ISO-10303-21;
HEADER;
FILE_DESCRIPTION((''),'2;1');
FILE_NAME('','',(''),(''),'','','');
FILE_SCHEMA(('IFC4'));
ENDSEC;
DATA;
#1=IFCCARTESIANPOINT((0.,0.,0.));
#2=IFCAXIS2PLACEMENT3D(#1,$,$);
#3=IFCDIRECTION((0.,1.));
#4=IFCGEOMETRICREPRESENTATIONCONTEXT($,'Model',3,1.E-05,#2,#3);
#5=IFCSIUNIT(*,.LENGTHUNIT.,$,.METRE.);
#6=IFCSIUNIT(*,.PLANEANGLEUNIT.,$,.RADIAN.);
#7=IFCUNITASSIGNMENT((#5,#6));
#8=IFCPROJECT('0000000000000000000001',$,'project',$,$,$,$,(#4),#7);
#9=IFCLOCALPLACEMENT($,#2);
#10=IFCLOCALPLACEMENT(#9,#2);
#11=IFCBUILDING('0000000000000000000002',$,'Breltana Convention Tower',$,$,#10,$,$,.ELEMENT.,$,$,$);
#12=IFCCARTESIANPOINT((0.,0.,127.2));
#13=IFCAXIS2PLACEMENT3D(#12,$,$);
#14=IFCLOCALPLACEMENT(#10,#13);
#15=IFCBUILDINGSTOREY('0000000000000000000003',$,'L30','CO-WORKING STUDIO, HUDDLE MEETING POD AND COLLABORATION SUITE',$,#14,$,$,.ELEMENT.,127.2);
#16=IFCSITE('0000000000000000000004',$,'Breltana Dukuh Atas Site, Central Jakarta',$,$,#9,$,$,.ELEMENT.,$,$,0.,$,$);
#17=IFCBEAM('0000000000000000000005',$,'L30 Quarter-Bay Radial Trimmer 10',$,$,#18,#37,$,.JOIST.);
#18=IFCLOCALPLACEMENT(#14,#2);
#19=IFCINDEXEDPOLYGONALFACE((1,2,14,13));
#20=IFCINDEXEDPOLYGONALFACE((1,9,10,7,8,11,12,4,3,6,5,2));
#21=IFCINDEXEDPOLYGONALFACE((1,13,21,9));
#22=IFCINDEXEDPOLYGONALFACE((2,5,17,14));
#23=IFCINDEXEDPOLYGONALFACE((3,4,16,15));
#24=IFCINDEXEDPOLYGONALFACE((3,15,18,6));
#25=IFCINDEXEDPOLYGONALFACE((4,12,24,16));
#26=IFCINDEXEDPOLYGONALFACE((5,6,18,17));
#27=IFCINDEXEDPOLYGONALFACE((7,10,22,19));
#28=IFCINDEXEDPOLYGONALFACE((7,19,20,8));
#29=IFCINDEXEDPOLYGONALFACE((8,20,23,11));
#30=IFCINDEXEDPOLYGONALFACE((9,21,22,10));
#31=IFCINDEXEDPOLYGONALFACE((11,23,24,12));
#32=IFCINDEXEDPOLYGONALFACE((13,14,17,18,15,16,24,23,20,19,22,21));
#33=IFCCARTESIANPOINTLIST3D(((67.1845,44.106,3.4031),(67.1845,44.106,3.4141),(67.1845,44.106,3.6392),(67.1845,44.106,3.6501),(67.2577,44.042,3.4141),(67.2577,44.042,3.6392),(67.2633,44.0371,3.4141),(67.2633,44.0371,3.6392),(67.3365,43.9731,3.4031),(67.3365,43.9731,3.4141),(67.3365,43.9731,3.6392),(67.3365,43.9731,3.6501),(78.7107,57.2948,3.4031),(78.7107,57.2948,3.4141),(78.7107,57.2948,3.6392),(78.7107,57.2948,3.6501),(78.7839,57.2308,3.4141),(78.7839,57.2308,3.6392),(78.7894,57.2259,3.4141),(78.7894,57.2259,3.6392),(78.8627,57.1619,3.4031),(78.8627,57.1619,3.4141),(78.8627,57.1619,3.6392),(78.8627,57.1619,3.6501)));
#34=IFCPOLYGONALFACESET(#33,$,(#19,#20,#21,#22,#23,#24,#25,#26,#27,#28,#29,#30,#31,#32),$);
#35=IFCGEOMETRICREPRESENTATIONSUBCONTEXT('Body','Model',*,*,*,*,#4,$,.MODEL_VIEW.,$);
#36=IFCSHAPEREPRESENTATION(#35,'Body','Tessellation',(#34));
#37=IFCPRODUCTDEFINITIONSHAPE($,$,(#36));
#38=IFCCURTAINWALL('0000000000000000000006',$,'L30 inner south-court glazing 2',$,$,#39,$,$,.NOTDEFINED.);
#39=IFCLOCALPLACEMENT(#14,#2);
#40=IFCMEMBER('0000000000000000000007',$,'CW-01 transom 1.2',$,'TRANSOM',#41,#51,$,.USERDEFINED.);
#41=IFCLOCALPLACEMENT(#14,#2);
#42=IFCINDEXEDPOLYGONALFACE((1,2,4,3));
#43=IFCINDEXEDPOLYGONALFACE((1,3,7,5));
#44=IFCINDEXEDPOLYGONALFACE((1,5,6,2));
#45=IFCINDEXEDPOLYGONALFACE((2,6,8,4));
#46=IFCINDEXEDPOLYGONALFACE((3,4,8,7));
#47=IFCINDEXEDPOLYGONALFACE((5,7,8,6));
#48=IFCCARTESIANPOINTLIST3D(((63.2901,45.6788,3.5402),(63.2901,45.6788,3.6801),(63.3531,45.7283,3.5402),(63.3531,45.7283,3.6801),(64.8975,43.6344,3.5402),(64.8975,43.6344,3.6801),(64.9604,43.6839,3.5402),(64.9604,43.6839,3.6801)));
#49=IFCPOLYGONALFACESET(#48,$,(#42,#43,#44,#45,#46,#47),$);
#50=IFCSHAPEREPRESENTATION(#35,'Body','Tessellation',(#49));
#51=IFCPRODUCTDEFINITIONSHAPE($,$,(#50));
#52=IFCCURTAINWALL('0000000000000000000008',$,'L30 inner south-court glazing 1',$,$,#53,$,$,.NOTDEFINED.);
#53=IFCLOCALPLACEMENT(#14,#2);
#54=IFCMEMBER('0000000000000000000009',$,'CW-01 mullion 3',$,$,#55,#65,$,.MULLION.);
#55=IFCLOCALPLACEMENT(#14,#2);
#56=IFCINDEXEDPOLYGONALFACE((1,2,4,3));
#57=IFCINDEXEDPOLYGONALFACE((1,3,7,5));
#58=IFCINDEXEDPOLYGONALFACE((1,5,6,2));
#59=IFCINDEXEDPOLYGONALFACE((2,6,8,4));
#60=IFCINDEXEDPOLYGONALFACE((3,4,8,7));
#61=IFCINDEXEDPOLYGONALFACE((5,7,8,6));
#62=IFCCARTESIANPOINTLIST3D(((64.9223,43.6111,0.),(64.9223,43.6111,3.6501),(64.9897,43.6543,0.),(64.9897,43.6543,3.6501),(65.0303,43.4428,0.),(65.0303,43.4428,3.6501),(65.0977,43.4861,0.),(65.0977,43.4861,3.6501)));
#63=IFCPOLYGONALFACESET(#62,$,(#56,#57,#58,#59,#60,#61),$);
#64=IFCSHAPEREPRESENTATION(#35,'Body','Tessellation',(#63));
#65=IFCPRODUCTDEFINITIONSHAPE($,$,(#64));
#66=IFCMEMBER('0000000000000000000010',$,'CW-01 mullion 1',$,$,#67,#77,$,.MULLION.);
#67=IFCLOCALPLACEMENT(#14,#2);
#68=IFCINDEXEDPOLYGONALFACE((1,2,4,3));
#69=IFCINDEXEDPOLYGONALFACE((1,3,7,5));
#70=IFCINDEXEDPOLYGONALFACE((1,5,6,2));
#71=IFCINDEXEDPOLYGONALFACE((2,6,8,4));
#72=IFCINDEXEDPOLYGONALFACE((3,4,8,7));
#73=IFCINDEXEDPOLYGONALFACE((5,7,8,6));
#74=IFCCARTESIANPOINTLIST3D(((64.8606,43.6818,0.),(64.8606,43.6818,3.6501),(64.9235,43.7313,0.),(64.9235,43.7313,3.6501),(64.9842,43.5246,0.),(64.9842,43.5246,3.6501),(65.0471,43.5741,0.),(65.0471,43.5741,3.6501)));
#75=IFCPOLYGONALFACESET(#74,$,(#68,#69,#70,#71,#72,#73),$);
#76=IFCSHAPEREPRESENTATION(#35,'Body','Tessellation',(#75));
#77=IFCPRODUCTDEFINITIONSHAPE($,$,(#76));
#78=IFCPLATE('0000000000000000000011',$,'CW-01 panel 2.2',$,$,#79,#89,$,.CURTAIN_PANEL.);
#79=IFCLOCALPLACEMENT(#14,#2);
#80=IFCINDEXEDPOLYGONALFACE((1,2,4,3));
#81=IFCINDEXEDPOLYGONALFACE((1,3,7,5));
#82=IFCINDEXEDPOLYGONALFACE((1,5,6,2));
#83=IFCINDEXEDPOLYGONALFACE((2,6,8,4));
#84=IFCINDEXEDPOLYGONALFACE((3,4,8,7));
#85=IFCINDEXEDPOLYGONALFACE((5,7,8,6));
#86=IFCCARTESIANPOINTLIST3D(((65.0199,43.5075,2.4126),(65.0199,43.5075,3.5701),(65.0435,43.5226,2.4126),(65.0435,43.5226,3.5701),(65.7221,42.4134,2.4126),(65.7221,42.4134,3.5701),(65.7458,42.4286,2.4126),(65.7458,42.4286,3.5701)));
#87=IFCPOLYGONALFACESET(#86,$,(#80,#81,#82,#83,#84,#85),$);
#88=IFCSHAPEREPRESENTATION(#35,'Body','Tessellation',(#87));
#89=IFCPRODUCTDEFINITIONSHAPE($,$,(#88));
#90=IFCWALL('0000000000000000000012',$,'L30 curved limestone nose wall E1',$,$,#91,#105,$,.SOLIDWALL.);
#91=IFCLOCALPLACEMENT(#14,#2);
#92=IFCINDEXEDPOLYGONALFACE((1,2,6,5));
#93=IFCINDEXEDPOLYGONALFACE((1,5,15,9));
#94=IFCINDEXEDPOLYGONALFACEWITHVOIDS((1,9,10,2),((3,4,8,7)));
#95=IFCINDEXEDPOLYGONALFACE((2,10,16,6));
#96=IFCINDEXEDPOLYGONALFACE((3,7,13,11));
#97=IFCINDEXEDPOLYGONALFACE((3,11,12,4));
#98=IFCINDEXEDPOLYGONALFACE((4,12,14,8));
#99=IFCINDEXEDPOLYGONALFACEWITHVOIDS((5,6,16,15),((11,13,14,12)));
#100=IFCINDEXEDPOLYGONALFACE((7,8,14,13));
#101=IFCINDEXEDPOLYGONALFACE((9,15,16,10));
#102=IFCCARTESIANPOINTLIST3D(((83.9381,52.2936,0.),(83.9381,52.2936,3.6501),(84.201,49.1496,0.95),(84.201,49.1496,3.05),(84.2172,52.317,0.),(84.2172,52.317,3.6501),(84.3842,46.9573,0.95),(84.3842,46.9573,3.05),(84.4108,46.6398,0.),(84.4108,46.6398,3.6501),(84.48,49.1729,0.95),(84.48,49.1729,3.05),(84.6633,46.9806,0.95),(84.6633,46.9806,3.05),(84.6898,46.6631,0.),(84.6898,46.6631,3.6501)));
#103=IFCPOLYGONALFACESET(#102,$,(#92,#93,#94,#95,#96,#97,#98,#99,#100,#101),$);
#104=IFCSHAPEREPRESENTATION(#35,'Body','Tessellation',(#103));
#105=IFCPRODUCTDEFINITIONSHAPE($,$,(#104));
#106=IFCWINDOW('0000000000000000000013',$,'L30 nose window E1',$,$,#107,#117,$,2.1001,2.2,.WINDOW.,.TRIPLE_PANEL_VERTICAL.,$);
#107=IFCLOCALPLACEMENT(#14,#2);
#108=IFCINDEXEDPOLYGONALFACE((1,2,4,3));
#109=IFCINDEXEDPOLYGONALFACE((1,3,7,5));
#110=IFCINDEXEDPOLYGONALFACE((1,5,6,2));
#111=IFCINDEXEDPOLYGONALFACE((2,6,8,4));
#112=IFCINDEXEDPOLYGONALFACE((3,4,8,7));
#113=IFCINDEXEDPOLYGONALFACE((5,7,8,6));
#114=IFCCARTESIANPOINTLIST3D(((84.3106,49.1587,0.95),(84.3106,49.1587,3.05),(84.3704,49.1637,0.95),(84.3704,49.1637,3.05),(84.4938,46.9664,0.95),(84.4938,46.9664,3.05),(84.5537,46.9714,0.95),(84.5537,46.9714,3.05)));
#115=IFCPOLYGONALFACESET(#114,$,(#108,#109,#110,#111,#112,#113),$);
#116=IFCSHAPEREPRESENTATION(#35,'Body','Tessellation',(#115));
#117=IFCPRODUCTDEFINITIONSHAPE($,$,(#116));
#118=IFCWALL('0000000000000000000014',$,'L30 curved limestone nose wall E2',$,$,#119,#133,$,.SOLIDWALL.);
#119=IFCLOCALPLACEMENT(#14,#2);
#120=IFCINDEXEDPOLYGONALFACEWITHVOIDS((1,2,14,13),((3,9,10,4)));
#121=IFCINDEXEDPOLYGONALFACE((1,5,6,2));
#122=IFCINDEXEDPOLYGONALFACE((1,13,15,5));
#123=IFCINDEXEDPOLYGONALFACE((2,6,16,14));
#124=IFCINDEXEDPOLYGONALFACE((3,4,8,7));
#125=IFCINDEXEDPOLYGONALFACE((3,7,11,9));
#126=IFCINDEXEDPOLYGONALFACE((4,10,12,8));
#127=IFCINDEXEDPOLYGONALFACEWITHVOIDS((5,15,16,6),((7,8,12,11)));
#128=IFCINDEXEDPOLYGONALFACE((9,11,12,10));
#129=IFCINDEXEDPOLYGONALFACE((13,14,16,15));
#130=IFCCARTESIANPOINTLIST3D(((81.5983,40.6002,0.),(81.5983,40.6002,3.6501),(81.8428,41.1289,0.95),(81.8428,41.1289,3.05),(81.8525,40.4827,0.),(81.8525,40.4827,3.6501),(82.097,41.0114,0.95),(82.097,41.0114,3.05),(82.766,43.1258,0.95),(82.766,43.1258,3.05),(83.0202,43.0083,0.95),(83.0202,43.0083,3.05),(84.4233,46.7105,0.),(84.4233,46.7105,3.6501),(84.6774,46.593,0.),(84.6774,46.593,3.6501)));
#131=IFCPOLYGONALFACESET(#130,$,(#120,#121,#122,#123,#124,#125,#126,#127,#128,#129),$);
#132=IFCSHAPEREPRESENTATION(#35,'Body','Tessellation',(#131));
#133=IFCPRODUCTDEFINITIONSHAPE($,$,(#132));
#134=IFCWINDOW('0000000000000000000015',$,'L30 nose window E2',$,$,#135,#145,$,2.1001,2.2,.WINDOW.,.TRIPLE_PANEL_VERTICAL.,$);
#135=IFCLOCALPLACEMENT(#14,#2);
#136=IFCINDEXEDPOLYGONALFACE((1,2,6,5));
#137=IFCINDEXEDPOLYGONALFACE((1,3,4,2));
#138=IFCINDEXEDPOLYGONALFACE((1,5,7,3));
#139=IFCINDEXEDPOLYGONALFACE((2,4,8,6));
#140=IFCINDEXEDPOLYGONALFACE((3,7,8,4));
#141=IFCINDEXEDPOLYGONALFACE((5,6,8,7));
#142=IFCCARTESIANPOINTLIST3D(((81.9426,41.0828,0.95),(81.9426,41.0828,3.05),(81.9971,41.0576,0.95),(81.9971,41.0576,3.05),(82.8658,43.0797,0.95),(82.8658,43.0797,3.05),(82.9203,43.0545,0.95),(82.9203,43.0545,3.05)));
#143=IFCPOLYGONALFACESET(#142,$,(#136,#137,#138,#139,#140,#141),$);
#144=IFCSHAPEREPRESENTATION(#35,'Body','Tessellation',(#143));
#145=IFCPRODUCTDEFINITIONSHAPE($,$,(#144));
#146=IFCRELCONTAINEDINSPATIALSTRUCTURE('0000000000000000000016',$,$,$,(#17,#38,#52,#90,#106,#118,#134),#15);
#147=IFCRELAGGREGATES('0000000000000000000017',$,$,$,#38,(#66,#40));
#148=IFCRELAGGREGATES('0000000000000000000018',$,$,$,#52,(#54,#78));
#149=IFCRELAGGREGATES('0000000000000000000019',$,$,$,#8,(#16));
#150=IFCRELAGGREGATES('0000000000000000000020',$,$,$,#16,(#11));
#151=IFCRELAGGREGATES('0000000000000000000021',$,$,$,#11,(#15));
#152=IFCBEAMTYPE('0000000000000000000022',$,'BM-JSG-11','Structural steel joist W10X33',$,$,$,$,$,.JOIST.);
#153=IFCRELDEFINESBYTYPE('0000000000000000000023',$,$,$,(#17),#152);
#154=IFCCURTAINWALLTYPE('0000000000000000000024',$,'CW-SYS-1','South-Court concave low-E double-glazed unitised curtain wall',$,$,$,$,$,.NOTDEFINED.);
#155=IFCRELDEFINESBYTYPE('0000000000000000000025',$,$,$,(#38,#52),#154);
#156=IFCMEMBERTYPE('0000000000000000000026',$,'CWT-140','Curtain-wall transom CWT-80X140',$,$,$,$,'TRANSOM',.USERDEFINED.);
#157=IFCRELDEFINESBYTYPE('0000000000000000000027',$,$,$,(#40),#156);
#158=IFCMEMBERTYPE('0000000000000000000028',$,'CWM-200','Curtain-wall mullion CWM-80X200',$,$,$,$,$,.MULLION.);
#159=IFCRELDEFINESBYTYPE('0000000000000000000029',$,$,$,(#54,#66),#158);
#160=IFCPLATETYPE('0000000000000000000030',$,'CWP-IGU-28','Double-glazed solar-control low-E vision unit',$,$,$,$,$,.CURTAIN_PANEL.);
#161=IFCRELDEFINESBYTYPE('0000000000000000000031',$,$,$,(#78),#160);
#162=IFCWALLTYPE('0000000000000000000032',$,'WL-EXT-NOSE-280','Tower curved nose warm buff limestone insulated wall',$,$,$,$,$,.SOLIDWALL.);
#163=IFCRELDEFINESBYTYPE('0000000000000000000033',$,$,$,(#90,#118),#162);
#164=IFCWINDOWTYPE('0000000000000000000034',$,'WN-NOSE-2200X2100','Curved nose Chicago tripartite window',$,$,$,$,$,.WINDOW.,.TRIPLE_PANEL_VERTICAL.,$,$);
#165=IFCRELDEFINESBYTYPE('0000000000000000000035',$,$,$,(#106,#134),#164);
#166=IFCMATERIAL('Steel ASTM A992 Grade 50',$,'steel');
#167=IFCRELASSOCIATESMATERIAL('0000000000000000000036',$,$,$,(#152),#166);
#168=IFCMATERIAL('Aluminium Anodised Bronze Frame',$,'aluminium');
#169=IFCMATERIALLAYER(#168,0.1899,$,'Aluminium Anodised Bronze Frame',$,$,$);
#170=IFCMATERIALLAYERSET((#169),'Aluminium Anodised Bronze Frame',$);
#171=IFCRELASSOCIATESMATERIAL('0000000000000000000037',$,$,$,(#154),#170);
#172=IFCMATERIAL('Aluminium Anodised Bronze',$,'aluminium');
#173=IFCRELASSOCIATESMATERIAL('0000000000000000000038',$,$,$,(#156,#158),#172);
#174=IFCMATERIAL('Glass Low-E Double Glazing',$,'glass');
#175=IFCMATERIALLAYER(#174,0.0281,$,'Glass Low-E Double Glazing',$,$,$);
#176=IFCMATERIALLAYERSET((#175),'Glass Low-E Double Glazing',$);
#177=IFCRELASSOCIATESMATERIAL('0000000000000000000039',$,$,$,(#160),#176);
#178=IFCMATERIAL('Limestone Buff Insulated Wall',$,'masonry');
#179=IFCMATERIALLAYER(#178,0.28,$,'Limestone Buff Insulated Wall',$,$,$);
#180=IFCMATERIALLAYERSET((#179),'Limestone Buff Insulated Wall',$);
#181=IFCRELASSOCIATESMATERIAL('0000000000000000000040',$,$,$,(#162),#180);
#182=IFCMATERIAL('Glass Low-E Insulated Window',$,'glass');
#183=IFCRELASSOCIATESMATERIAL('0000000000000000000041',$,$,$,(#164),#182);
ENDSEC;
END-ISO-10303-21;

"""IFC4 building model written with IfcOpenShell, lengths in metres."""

from ifc_helpers import new_model, si_unit, direction, frame, frame_2d, origin, origin_2d, place, context, subcontext, project, spatial, rectangle, i_section, extrude, source, transform, mapped, material, layer, layer_set, material_profile, profile_set, type_object, type_shapes, element, fill, aggregate, save


model = new_model("IFC4")

# Units and contexts
model_context = context("Model", 3, precision=1e-05, world=origin(), true_north=direction((0.0, 1.0)))
body_context = subcontext(model_context, "Body", "Model", "MODEL_VIEW")
ifc_project = project(units=[si_unit("LENGTHUNIT", "METRE"), si_unit("PLANEANGLEUNIT", "RADIAN")], contexts=[model_context])

# Site, building, storey
site_placement = place(None, origin())
site = spatial("IfcSite", under=ifc_project, at=site_placement, Name="Breltana Dukuh Atas Site, Central Jakarta", CompositionType="ELEMENT", RefElevation=0.0)
building_placement = place(site_placement, origin())
building = spatial("IfcBuilding", under=site, at=building_placement, Name="Breltana Convention Tower", CompositionType="ELEMENT")
storey_placement = place(building_placement, frame((0.0, 0.0, 127.2)))
storey = spatial("IfcBuildingStorey", under=building, at=storey_placement, Name="L30", Description="CO-WORKING STUDIO, HUDDLE MEETING POD AND COLLABORATION SUITE", CompositionType="ELEMENT", Elevation=127.2)

# Beam
ifc_material_1 = material(Name="Steel ASTM A992 Grade 50", Category="steel")
ifc_material_profile_1 = material_profile(ifc_material_1, i_section(OverallWidth=0.2019, OverallDepth=0.2471, WebThickness=0.0073, FlangeThickness=0.011, at=origin_2d()), Name="W10X33")
ifc_profile_set_1 = profile_set([ifc_material_profile_1], Name="Steel ASTM A992 Grade 50")
beam_type_1 = type_object("IfcBeamType", Name="BM-JSG-11", Description="Structural steel joist W10X33", PredefinedType="JOIST", material=ifc_profile_set_1)
shared_shape_1 = source(origin(), body_context, "Body", "SweptSolid", [
    extrude(i_section(OverallWidth=0.2019, OverallDepth=0.2471, WebThickness=0.0073, FlangeThickness=0.011, at=origin_2d()), origin(), (0.0, 0.0, 1.0), 17.5156),
])
beam_1_placement = place(storey_placement, frame((67.2605, 44.0396, 3.5266), z_axis=(0.658052, 0.752973, 0.0), x_axis=(-0.752973, 0.658052, 0.0)))
element("IfcBeam", 1, at=beam_1_placement, inside=storey, type_object=beam_type_1, Name="L30 Quarter-Bay Radial Trimmer 10", PredefinedType="JOIST", context=body_context, shape_type="MappedRepresentation", body=[
    mapped(shared_shape_1, transform((0.0, 0.0, 0.0), scale=1.0)),
])

# Curtain walls, members
ifc_material_2 = material(Name="Aluminium Anodised Bronze Frame", Category="aluminium")
ifc_layer_1 = layer(ifc_material_2, 0.1899, Name="Aluminium Anodised Bronze Frame")
ifc_layer_set_1 = layer_set([ifc_layer_1], Name="Aluminium Anodised Bronze Frame")
curtain_wall_type = type_object("IfcCurtainWallType", Name="CW-SYS-1", Description="South-Court concave low-E double-glazed unitised curtain wall", PredefinedType="NOTDEFINED", material=ifc_layer_set_1)
curtain_wall_1_placement = place(storey_placement, origin())
curtain_wall_1 = element("IfcCurtainWall", 2, at=curtain_wall_1_placement, inside=storey, type_object=curtain_wall_type, Name="L30 inner south-court glazing 2", PredefinedType="NOTDEFINED")
ifc_material_3 = material(Name="Aluminium Anodised Bronze", Category="aluminium")
ifc_material_profile_2 = material_profile(ifc_material_3, rectangle(XDim=0.0801, YDim=0.1399, at=origin_2d()), Name="CWT-80X140")
ifc_profile_set_2 = profile_set([ifc_material_profile_2], Name="Aluminium Anodised Bronze")
member_type_1 = type_object("IfcMemberType", Name="CWT-140", Description="Curtain-wall transom CWT-80X140", ElementType="TRANSOM", PredefinedType="USERDEFINED", material=ifc_profile_set_2)
shared_shape_2 = source(origin(), body_context, "Body", "SweptSolid", [
    extrude(rectangle(XDim=0.0801, YDim=0.1399, at=origin_2d()), origin(), (0.0, 0.0, 1.0), 2.6006),
])
member_1_placement = place(storey_placement, frame((64.929, 43.6592, 3.6101), z_axis=(-0.618079, 0.786116, 0.0), x_axis=(-0.786116, -0.618079, 0.0)))
member_1 = element("IfcMember", 3, at=member_1_placement, type_object=member_type_1, Name="CW-01 transom 1.2", ObjectType="TRANSOM", PredefinedType="USERDEFINED", context=body_context, shape_type="MappedRepresentation", body=[
    mapped(shared_shape_2, transform((0.0, 0.0, 0.0), scale=1.0)),
])
curtain_wall_2_placement = place(storey_placement, origin())
curtain_wall_2 = element("IfcCurtainWall", 4, at=curtain_wall_2_placement, inside=storey, type_object=curtain_wall_type, Name="L30 inner south-court glazing 1", PredefinedType="NOTDEFINED")
ifc_material_profile_3 = material_profile(ifc_material_3, rectangle(XDim=0.0801, YDim=0.2, at=origin_2d()), Name="CWM-80X200")
ifc_profile_set_3 = profile_set([ifc_material_profile_3], Name="Aluminium Anodised Bronze")
member_type_2 = type_object("IfcMemberType", Name="CWM-200", Description="Curtain-wall mullion CWM-80X200", PredefinedType="MULLION", material=ifc_profile_set_3)
shared_shape_3 = source(origin(), body_context, "Body", "SweptSolid", [
    extrude(rectangle(XDim=0.0801, YDim=0.2, at=origin_2d()), origin(), (0.0, 0.0, 1.0), 3.6501),
])
member_2_placement = place(storey_placement, frame((65.01, 43.5486, 0.0), z_axis=(0.0, 0.0, 1.0), x_axis=(-0.841551, -0.540177, 0.0)))
member_2 = element("IfcMember", 5, at=member_2_placement, type_object=member_type_2, Name="CW-01 mullion 3", PredefinedType="MULLION", context=body_context, shape_type="MappedRepresentation", body=[
    mapped(shared_shape_3, transform((0.0, 0.0, 0.0), scale=1.0)),
])

# Member
member_3_placement = place(storey_placement, frame((64.9539, 43.6279, 0.0), z_axis=(0.0, 0.0, 1.0), x_axis=(-0.786054, -0.618157, 0.0)))
member_3 = element("IfcMember", 6, at=member_3_placement, type_object=member_type_2, Name="CW-01 mullion 1", PredefinedType="MULLION", context=body_context, shape_type="MappedRepresentation", body=[
    mapped(shared_shape_3, transform((0.0, 0.0, 0.0), scale=1.0)),
])
aggregate(curtain_wall_1, [member_3, member_1])

# Plate
ifc_material_4 = material(Name="Glass Low-E Double Glazing", Category="glass")
ifc_layer_2 = layer(ifc_material_4, 0.0281, Name="Glass Low-E Double Glazing")
ifc_layer_set_2 = layer_set([ifc_layer_2], Name="Glass Low-E Double Glazing")
plate_type = type_object("IfcPlateType", Name="CWP-IGU-28", Description="Double-glazed solar-control low-E vision unit", PredefinedType="CURTAIN_PANEL", material=ifc_layer_set_2)
shared_shape_4 = source(origin(), body_context, "Body", "SweptSolid", [
    extrude(rectangle(XDim=1.3, YDim=0.0281, at=origin_2d()), origin(), (0.0, 0.0, 1.0), 1.1575),
])
plate_placement = place(storey_placement, frame((65.3828, 42.968, 2.4126), z_axis=(0.0, 0.0, 1.0), x_axis=(-0.540177, 0.841551, 0.0)))
plate = element("IfcPlate", 7, at=plate_placement, type_object=plate_type, Name="CW-01 panel 2.2", PredefinedType="CURTAIN_PANEL", context=body_context, shape_type="MappedRepresentation", body=[
    mapped(shared_shape_4, transform((0.0, 0.0, 0.0), scale=1.0)),
])
aggregate(curtain_wall_2, [member_2, plate])

# Walls, openings, windows
ifc_material_5 = material(Name="Limestone Buff Insulated Wall", Category="masonry")
ifc_layer_3 = layer(ifc_material_5, 0.28, Name="Limestone Buff Insulated Wall")
ifc_layer_set_3 = layer_set([ifc_layer_3], Name="Limestone Buff Insulated Wall")
wall_type_1 = type_object("IfcWallType", Name="WL-EXT-NOSE-280", Description="Tower curved nose warm buff limestone insulated wall", PredefinedType="SOLIDWALL", material=ifc_layer_set_3)
shared_shape_5 = source(origin(), body_context, "Body", "SweptSolid", [
    extrude(rectangle(XDim=5.6736, YDim=0.28, at=frame_2d((2.8369, 0.0))), origin(), (0.0, 0.0, 1.0), 3.6501),
])
wall_1_placement = place(storey_placement, frame((84.0776, 52.3054, 0.0), z_axis=(0.0, 0.0, 1.0), x_axis=(0.083309, -0.996524, 0.0)))
wall_1 = element("IfcWall", 8, at=wall_1_placement, inside=storey, type_object=wall_type_1, Name="L30 curved limestone nose wall E1", PredefinedType="SOLIDWALL", context=body_context, shape_type="MappedRepresentation", body=[
    mapped(shared_shape_5, transform((0.0, 0.0, 0.0), scale=1.0)),
])
opening_1_placement = place(wall_1_placement, frame((3.155, 0.0, 0.95)))
opening_1 = element("IfcOpeningElement", 9, at=opening_1_placement, cuts=wall_1, PredefinedType="OPENING", context=body_context, shape_type="SweptSolid", body=[
    extrude(rectangle(XDim=2.2, YDim=2.1001, at=frame_2d((1.1001, 1.05))), frame((0.0, 0.1499, 0.0), z_axis=(0.0, -1.0, 0.0), x_axis=(1.0, 0.0, 0.0)), (0.0, 0.0, 1.0), 0.3),
])
ifc_material_6 = material(Name="Glass Low-E Insulated Window", Category="glass")
window_type = type_object("IfcWindowType", Name="WN-NOSE-2200X2100", Description="Curved nose Chicago tripartite window", PartitioningType="TRIPLE_PANEL_VERTICAL", PredefinedType="WINDOW", material=ifc_material_6)
shared_shape_6 = source(origin(), body_context, "Body", "SweptSolid", [
    extrude(rectangle(XDim=2.2, YDim=2.1001, at=frame_2d((1.1001, 1.05))), frame((0.0, 0.03, 0.0), z_axis=(0.0, -1.0, 0.0), x_axis=(1.0, 0.0, 0.0)), (0.0, 0.0, 1.0), 0.0601),
])
type_shapes(window_type, [shared_shape_6])
window_1_placement = place(opening_1_placement, origin())
window_1 = element("IfcWindow", 10, at=window_1_placement, inside=storey, type_object=window_type, Name="L30 nose window E1", OverallHeight=2.1001, OverallWidth=2.2, PartitioningType="TRIPLE_PANEL_VERTICAL", PredefinedType="WINDOW", context=body_context, shape_type="MappedRepresentation", body=[
    mapped(shared_shape_6, transform((0.0, 0.0, 0.0), scale=1.0)),
])
fill(opening_1, window_1)
shared_shape_7 = source(origin(), body_context, "Body", "SweptSolid", [
    extrude(rectangle(XDim=6.7317, YDim=0.28, at=frame_2d((3.3657, 0.0))), origin(), (0.0, 0.0, 1.0), 3.6501),
])
wall_2_placement = place(storey_placement, frame((84.5503, 46.6516, 0.0), z_axis=(0.0, 0.0, 1.0), x_axis=(-0.419645, -0.907689, 0.0)))
wall_2 = element("IfcWall", 11, at=wall_2_placement, inside=storey, type_object=wall_type_1, Name="L30 curved limestone nose wall E2", PredefinedType="SOLIDWALL", context=body_context, shape_type="MappedRepresentation", body=[
    mapped(shared_shape_7, transform((0.0, 0.0, 0.0), scale=1.0)),
])
opening_2_placement = place(wall_2_placement, frame((3.949, 0.0, 0.95)))
opening_2 = element("IfcOpeningElement", 12, at=opening_2_placement, cuts=wall_2, PredefinedType="OPENING", context=body_context, shape_type="SweptSolid", body=[
    extrude(rectangle(XDim=2.2, YDim=2.1001, at=frame_2d((1.1001, 1.05))), frame((0.0, 0.1499, 0.0), z_axis=(0.0, -1.0, 0.0), x_axis=(1.0, 0.0, 0.0)), (0.0, 0.0, 1.0), 0.3),
])
window_2_placement = place(opening_2_placement, origin())
window_2 = element("IfcWindow", 13, at=window_2_placement, inside=storey, type_object=window_type, Name="L30 nose window E2", OverallHeight=2.1001, OverallWidth=2.2, PartitioningType="TRIPLE_PANEL_VERTICAL", PredefinedType="WINDOW", context=body_context, shape_type="MappedRepresentation", body=[
    mapped(shared_shape_6, transform((0.0, 0.0, 0.0), scale=1.0)),
])
fill(opening_2, window_2)

save(model, "model.ifc")
